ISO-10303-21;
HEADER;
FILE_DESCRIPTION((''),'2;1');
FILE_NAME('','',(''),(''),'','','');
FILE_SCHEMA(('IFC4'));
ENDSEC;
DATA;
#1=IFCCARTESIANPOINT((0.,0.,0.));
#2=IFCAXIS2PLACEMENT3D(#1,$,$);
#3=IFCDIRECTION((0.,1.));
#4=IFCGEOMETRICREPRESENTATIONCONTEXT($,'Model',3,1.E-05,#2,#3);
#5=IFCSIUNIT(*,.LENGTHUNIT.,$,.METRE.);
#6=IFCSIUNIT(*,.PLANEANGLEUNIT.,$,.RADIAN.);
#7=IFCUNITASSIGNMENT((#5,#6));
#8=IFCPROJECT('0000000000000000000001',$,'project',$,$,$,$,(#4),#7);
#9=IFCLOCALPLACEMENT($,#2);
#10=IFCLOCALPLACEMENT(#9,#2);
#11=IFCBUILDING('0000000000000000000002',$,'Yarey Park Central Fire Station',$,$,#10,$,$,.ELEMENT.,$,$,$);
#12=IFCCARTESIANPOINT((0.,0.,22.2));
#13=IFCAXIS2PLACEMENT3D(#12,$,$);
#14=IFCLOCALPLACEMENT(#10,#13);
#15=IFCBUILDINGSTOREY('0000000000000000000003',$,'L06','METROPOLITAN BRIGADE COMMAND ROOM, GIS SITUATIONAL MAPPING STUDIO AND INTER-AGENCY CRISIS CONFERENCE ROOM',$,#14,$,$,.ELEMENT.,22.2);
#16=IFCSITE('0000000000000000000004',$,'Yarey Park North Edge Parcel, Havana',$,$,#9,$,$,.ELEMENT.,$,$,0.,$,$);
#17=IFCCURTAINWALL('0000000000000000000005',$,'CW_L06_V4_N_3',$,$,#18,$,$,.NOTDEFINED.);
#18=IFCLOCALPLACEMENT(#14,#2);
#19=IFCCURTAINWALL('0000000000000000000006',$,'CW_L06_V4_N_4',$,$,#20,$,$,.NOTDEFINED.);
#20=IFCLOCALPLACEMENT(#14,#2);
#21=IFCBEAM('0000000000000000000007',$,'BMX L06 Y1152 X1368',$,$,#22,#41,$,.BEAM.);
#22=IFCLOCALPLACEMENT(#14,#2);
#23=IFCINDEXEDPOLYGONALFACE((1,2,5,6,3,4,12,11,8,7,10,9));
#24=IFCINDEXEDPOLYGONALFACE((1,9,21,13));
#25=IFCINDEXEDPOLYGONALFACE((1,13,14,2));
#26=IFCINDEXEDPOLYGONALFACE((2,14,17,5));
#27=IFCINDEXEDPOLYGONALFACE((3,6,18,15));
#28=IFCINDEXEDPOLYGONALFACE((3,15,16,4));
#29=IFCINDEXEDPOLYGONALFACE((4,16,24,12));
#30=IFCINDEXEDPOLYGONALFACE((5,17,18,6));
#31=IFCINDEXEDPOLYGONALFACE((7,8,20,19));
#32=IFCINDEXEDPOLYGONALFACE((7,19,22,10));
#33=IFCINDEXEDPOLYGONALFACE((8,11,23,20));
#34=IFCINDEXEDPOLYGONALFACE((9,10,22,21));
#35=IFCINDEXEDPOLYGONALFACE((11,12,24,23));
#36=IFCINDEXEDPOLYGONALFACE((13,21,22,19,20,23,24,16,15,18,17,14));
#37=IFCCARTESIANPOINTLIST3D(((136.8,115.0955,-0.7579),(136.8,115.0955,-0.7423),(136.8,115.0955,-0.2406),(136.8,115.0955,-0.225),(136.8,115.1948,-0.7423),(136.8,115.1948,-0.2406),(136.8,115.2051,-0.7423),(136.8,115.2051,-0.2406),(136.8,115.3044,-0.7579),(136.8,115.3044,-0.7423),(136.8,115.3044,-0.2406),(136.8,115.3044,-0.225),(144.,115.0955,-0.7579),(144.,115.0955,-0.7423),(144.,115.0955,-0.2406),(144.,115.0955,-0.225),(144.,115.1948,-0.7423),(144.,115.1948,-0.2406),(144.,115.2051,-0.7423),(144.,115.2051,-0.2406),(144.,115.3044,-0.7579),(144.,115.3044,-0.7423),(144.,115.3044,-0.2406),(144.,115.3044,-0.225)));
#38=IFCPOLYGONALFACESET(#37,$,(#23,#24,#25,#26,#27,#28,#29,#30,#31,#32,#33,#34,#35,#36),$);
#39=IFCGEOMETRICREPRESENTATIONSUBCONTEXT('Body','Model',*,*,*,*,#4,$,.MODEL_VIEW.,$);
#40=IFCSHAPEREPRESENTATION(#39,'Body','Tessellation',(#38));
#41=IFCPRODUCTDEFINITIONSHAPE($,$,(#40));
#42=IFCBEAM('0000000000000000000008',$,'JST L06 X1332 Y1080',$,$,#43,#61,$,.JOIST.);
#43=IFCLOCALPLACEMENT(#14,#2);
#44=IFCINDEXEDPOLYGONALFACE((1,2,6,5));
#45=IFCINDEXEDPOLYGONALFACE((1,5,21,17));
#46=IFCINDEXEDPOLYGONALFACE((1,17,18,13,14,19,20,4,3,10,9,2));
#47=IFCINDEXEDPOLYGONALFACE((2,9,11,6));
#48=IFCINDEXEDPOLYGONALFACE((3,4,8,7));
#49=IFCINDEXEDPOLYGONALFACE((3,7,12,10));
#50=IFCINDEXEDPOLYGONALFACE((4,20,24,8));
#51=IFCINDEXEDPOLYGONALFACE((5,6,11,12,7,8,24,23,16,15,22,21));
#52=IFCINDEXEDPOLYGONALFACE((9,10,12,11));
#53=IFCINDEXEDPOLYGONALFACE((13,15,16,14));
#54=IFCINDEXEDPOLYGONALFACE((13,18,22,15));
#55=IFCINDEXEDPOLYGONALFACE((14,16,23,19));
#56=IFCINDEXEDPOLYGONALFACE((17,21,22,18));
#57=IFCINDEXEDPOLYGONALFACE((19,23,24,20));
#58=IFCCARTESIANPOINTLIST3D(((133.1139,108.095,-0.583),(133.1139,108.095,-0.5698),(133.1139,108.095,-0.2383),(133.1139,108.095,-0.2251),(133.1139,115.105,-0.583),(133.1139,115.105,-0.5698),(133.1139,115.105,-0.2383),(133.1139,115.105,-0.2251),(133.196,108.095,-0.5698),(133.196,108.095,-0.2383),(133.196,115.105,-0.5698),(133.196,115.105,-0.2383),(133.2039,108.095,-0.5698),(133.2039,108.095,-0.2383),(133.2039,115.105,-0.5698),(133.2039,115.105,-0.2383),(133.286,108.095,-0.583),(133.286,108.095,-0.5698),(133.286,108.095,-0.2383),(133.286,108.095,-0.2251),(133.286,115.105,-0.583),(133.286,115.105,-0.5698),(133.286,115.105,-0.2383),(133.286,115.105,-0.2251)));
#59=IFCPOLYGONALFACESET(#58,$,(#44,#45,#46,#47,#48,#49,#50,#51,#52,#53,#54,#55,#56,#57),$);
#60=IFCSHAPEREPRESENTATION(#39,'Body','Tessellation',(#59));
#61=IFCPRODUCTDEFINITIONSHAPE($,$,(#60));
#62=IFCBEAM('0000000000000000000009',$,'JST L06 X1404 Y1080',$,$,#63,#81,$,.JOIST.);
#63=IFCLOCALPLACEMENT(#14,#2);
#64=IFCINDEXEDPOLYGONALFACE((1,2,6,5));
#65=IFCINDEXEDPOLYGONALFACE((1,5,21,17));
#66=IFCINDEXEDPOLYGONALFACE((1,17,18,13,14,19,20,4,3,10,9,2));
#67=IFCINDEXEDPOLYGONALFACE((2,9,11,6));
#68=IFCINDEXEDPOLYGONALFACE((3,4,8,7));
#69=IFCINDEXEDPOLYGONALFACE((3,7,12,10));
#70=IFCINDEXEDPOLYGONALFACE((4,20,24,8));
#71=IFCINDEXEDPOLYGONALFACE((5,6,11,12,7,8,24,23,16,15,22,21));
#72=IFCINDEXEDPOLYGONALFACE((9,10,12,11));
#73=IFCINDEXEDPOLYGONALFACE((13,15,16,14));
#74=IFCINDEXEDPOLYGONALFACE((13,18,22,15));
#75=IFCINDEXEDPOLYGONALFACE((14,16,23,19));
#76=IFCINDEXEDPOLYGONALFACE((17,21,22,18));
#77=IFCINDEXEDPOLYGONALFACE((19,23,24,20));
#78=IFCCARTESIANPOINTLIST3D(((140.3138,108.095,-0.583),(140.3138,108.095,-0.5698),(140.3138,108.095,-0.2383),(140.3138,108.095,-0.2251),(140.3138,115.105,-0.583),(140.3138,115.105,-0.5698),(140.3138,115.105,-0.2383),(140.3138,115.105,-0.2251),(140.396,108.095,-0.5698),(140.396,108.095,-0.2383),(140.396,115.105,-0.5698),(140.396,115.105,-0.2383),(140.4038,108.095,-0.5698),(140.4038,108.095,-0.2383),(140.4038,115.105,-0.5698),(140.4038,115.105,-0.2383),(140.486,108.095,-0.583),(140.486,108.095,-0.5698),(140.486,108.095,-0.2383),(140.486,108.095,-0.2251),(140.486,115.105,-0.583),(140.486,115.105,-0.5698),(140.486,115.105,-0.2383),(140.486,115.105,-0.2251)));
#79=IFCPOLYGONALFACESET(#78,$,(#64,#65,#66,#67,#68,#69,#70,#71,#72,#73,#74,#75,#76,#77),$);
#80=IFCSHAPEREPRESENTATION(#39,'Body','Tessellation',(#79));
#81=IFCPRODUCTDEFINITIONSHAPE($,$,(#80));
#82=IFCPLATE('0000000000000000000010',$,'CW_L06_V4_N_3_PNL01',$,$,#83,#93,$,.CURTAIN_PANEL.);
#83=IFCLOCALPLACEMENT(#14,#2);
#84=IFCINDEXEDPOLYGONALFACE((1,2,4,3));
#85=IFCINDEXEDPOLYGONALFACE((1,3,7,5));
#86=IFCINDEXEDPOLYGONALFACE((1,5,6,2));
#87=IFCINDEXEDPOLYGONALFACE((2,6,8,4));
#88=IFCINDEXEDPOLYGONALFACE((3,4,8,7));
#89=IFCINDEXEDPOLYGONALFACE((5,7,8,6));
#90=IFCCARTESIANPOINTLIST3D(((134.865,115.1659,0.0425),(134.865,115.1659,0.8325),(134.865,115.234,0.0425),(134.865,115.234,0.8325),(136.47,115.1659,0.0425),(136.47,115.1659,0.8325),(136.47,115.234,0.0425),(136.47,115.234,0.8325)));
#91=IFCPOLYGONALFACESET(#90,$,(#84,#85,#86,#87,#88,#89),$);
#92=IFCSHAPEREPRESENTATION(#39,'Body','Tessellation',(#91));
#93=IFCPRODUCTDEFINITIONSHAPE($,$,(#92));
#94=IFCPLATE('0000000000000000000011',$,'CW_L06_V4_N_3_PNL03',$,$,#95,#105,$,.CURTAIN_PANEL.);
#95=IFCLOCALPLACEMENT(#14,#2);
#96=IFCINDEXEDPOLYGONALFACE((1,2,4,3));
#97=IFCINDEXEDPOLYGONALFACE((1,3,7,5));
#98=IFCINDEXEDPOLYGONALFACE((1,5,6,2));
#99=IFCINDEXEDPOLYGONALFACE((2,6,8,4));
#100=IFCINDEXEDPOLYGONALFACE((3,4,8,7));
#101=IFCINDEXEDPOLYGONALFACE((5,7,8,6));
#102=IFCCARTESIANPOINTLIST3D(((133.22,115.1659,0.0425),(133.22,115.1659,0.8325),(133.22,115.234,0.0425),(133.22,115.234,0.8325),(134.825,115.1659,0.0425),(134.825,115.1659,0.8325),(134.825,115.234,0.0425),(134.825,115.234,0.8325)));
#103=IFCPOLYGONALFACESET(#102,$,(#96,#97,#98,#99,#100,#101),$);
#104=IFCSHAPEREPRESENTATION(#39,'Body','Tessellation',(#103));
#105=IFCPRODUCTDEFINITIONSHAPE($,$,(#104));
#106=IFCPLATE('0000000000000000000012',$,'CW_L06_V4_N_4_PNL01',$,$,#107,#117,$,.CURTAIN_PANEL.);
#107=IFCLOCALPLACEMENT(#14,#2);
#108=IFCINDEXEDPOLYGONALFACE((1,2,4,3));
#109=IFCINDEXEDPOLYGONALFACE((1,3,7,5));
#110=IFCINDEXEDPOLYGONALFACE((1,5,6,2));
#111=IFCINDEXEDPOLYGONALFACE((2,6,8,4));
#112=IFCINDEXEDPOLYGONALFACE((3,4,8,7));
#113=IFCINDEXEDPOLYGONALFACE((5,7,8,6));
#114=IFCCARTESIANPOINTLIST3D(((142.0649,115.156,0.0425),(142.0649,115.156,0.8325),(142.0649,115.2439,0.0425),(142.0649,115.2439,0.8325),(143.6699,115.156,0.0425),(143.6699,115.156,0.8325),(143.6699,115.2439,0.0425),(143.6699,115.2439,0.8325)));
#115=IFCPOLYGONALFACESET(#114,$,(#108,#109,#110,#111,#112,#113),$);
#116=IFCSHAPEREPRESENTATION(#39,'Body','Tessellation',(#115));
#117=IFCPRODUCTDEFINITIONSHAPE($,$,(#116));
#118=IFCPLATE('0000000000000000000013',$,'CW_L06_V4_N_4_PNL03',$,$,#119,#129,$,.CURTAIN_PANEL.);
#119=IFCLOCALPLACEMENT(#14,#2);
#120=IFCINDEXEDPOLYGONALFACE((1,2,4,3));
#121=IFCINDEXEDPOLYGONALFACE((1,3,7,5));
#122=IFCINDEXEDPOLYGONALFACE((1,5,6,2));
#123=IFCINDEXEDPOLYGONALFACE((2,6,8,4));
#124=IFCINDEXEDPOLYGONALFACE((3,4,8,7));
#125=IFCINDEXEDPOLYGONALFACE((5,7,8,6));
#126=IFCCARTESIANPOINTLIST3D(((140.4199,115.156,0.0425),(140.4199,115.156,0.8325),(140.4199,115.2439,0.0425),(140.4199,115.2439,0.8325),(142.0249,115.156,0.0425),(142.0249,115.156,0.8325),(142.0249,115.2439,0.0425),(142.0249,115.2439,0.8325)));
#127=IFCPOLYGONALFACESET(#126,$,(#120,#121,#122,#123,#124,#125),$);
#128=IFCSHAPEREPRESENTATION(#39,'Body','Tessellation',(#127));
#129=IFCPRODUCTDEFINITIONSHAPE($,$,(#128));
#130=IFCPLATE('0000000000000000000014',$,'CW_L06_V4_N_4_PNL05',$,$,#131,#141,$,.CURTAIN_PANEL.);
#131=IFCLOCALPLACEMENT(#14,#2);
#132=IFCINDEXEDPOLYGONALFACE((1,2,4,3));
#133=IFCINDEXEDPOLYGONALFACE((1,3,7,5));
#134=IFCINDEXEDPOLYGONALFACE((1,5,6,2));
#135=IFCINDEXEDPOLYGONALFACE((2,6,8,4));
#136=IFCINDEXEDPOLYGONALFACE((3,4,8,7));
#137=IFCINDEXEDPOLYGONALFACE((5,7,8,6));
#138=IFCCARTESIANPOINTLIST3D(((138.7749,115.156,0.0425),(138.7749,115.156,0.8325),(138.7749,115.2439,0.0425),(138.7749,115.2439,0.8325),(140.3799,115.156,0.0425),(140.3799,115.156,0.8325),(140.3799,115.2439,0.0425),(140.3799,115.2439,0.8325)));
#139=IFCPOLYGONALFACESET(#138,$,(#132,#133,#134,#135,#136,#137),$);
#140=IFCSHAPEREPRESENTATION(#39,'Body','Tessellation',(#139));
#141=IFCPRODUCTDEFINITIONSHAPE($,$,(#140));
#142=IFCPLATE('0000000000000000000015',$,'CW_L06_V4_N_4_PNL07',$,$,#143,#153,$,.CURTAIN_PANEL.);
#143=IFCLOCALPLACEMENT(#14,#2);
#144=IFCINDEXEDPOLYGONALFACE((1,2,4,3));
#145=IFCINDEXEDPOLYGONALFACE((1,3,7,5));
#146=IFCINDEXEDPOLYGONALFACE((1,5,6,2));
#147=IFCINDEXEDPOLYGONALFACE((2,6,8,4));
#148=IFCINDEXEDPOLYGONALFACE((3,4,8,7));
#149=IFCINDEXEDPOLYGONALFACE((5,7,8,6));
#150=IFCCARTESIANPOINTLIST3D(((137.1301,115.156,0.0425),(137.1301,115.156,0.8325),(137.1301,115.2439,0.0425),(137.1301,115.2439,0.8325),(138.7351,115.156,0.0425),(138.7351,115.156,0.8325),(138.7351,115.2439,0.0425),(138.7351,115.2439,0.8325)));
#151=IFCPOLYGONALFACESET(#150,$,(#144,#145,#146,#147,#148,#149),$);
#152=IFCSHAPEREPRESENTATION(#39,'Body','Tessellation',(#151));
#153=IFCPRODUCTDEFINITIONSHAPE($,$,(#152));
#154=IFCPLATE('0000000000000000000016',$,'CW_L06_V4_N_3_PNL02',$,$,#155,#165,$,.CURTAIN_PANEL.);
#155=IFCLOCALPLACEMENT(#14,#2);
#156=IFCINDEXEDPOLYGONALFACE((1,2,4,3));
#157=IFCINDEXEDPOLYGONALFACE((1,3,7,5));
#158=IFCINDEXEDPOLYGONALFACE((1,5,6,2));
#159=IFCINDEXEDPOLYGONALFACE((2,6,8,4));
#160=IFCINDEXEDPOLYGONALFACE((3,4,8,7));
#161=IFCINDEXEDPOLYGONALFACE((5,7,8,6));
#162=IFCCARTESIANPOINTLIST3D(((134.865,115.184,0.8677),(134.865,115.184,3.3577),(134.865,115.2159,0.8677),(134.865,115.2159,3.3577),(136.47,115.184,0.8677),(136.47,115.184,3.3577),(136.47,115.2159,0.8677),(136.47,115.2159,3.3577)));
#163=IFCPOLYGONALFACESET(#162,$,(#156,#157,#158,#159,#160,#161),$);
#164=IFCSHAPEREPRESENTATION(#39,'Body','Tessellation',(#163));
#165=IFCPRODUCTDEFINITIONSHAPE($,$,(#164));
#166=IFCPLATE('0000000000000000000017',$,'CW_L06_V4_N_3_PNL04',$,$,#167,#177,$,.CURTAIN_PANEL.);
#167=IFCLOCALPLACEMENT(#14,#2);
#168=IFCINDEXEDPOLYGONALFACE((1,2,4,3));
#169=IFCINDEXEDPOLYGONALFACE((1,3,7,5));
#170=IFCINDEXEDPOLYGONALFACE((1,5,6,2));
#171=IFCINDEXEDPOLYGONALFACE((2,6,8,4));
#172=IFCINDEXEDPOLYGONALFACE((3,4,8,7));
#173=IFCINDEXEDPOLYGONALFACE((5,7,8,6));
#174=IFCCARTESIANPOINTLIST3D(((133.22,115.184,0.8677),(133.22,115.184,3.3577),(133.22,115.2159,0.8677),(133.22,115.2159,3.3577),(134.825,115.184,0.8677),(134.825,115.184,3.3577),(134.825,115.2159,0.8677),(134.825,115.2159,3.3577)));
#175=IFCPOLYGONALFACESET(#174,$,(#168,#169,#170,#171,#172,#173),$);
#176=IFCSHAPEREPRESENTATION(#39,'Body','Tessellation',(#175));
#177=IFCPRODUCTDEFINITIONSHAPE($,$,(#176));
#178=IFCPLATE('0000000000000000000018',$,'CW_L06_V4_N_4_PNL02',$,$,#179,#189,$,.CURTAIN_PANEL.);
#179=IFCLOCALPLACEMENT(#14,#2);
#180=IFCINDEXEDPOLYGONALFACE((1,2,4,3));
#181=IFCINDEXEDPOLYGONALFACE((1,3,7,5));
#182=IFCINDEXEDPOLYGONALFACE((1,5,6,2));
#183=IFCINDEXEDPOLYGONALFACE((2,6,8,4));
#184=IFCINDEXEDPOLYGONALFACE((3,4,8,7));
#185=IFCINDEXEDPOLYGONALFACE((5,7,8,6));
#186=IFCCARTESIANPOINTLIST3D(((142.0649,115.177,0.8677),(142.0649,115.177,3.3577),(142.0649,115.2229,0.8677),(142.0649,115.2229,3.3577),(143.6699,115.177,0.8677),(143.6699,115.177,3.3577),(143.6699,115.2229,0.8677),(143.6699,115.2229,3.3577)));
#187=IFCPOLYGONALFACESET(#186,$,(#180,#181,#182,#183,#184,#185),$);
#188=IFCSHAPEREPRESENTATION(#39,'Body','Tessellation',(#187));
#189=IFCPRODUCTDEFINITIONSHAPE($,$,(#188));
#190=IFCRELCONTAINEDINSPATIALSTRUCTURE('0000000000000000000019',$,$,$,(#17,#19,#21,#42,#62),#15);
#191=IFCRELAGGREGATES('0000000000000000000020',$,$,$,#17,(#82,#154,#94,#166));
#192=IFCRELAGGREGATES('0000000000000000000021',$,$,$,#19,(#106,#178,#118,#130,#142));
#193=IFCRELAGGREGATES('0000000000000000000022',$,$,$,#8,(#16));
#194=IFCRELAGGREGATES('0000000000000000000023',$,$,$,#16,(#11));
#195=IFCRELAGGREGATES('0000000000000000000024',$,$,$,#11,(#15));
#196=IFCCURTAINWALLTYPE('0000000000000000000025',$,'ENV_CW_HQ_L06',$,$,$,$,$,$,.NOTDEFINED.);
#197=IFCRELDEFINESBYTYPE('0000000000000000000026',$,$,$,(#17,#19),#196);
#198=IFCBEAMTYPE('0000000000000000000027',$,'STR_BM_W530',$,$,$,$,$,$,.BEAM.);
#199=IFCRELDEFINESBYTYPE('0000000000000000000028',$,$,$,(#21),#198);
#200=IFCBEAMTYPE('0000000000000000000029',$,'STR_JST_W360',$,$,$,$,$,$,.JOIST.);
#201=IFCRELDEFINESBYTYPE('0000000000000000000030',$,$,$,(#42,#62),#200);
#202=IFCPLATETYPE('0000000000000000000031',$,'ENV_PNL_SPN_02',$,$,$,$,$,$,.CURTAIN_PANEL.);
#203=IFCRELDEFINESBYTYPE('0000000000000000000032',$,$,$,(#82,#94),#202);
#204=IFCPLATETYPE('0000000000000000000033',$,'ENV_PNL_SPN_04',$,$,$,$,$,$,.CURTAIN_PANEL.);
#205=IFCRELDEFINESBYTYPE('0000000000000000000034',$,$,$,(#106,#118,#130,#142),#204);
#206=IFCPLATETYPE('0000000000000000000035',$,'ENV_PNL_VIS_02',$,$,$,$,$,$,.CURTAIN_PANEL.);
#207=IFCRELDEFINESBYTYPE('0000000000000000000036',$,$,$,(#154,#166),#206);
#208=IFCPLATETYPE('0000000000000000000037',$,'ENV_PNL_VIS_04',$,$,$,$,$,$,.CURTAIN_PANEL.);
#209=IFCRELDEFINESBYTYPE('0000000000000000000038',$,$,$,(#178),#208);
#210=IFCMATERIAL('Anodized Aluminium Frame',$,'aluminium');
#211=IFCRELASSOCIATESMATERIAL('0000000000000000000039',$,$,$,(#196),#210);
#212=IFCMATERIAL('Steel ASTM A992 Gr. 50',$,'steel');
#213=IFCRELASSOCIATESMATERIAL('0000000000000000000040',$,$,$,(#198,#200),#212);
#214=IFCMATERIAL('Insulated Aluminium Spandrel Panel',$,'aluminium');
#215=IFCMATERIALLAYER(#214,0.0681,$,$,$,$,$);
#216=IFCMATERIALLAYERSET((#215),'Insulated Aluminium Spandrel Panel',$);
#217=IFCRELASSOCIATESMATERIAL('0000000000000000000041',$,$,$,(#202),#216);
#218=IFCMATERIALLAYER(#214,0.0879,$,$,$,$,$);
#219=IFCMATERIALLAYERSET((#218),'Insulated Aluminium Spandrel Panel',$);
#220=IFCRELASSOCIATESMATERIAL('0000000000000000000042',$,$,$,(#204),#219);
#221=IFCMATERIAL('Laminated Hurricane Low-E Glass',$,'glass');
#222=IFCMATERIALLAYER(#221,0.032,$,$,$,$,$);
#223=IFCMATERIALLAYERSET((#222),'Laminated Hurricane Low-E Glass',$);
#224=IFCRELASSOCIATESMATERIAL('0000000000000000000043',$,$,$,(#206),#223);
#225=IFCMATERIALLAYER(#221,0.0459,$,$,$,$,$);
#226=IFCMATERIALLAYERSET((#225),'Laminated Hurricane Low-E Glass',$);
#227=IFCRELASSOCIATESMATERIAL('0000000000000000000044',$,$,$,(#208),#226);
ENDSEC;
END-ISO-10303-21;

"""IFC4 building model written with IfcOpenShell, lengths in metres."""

from ifc_helpers import new_model, si_unit, direction, frame, origin, origin_2d, place, context, subcontext, project, spatial, rectangle, i_section, extrude, material, layer, layer_set, material_profile, profile_set, type_object, element, aggregate, save


model = new_model("IFC4")

# Units and contexts
model_context = context("Model", 3, precision=1e-05, world=origin(), true_north=direction((0.0, 1.0)))
body_context = subcontext(model_context, "Body", "Model", "MODEL_VIEW")
ifc_project = project(units=[si_unit("LENGTHUNIT", "METRE"), si_unit("PLANEANGLEUNIT", "RADIAN")], contexts=[model_context])

# Site, building, storey
site_placement = place(None, origin())
site = spatial("IfcSite", under=ifc_project, at=site_placement, Name="Yarey Park North Edge Parcel, Havana", CompositionType="ELEMENT", RefElevation=0.0)
building_placement = place(site_placement, origin())
building = spatial("IfcBuilding", under=site, at=building_placement, Name="Yarey Park Central Fire Station", CompositionType="ELEMENT")
storey_placement = place(building_placement, frame((0.0, 0.0, 22.2)))
storey = spatial("IfcBuildingStorey", under=building, at=storey_placement, Name="L06", Description="METROPOLITAN BRIGADE COMMAND ROOM, GIS SITUATIONAL MAPPING STUDIO AND INTER-AGENCY CRISIS CONFERENCE ROOM", CompositionType="ELEMENT", Elevation=22.2)

# Curtain walls
ifc_material_1 = material(Name="Anodized Aluminium Frame", Category="aluminium")
curtain_wall_type = type_object("IfcCurtainWallType", Name="ENV_CW_HQ_L06", PredefinedType="NOTDEFINED", material=ifc_material_1)
curtain_wall_1_placement = place(storey_placement, origin())
curtain_wall_1 = element("IfcCurtainWall", 1, at=curtain_wall_1_placement, inside=storey, type_object=curtain_wall_type, Name="CW_L06_V4_N_3", PredefinedType="NOTDEFINED")
curtain_wall_2_placement = place(storey_placement, origin())
curtain_wall_2 = element("IfcCurtainWall", 2, at=curtain_wall_2_placement, inside=storey, type_object=curtain_wall_type, Name="CW_L06_V4_N_4", PredefinedType="NOTDEFINED")

# Beams
ifc_material_2 = material(Name="Steel ASTM A992 Gr. 50", Category="steel")
ifc_material_profile_1 = material_profile(ifc_material_2, i_section(OverallWidth=0.209, OverallDepth=0.533, WebThickness=0.0103, FlangeThickness=0.0156, at=origin_2d()), Name="W530x92")
ifc_profile_set_1 = profile_set([ifc_material_profile_1], Name="Steel ASTM A992 Gr. 50")
beam_type_1 = type_object("IfcBeamType", Name="STR_BM_W530", PredefinedType="BEAM", material=ifc_profile_set_1)
beam_placement = place(storey_placement, frame((136.8, 115.2, -0.4915), z_axis=(1.0, 0.0, 0.0), x_axis=(0.0, 1.0, 0.0)))
element("IfcBeam", 3, at=beam_placement, inside=storey, type_object=beam_type_1, Name="BMX L06 Y1152 X1368", PredefinedType="BEAM", context=body_context, shape_type="SweptSolid", body=[
    extrude(i_section(OverallWidth=0.209, OverallDepth=0.533, WebThickness=0.0103, FlangeThickness=0.0156, at=origin_2d()), origin(), (0.0, 0.0, 1.0), 7.2),
])
ifc_material_profile_2 = material_profile(ifc_material_2, i_section(OverallWidth=0.1721, OverallDepth=0.3579, WebThickness=0.0078, FlangeThickness=0.0132, at=origin_2d()), Name="W360x57")
ifc_profile_set_2 = profile_set([ifc_material_profile_2], Name="Steel ASTM A992 Gr. 50")
beam_type_2 = type_object("IfcBeamType", Name="STR_JST_W360", PredefinedType="JOIST", material=ifc_profile_set_2)
for number, where, z_axis, x_axis, name in (
    (4, (133.2, 108.095, -0.4041), (0.0, 1.0, 0.0), (-1.0, 0.0, 0.0), "JST L06 X1332 Y1080"),
    (5, (140.3999, 108.095, -0.4041), (0.0, 1.0, 0.0), (-1.0, 0.0, 0.0), "JST L06 X1404 Y1080"),
):
    element("IfcBeam", number, at=place(storey_placement, frame(where, z_axis=z_axis, x_axis=x_axis)), inside=storey, type_object=beam_type_2, Name=name, PredefinedType="JOIST", context=body_context, shape_type="SweptSolid", body=[
        extrude(i_section(OverallWidth=0.1721, OverallDepth=0.3579, WebThickness=0.0078, FlangeThickness=0.0132, at=origin_2d()), origin(), (0.0, 0.0, 1.0), 7.01),
    ])

# Plates
ifc_material_3 = material(Name="Insulated Aluminium Spandrel Panel", Category="aluminium")
ifc_layer_1 = layer(ifc_material_3, 0.0681)
ifc_layer_set_1 = layer_set([ifc_layer_1], Name="Insulated Aluminium Spandrel Panel")
plate_type_1 = type_object("IfcPlateType", Name="ENV_PNL_SPN_02", PredefinedType="CURTAIN_PANEL", material=ifc_layer_set_1)
plate_1_placement = place(storey_placement, frame((135.6675, 115.2, 0.0425), z_axis=(0.0, 0.0, 1.0), x_axis=(-1.0, 0.0, 0.0)))
plate_1 = element("IfcPlate", 6, at=plate_1_placement, type_object=plate_type_1, Name="CW_L06_V4_N_3_PNL01", PredefinedType="CURTAIN_PANEL", context=body_context, shape_type="SweptSolid", body=[
    extrude(rectangle(XDim=1.605, YDim=0.0681, at=origin_2d()), origin(), (0.0, 0.0, 1.0), 0.79),
])
plate_2_placement = place(storey_placement, frame((134.0225, 115.2, 0.0425), z_axis=(0.0, 0.0, 1.0), x_axis=(-1.0, 0.0, 0.0)))
plate_2 = element("IfcPlate", 7, at=plate_2_placement, type_object=plate_type_1, Name="CW_L06_V4_N_3_PNL03", PredefinedType="CURTAIN_PANEL", context=body_context, shape_type="SweptSolid", body=[
    extrude(rectangle(XDim=1.605, YDim=0.0681, at=origin_2d()), origin(), (0.0, 0.0, 1.0), 0.79),
])
ifc_layer_2 = layer(ifc_material_3, 0.0879)
ifc_layer_set_2 = layer_set([ifc_layer_2], Name="Insulated Aluminium Spandrel Panel")
plate_type_2 = type_object("IfcPlateType", Name="ENV_PNL_SPN_04", PredefinedType="CURTAIN_PANEL", material=ifc_layer_set_2)
plate_3_placement = place(storey_placement, frame((142.8674, 115.2, 0.0425), z_axis=(0.0, 0.0, 1.0), x_axis=(-1.0, 0.0, 0.0)))
plate_3 = element("IfcPlate", 8, at=plate_3_placement, type_object=plate_type_2, Name="CW_L06_V4_N_4_PNL01", PredefinedType="CURTAIN_PANEL", context=body_context, shape_type="SweptSolid", body=[
    extrude(rectangle(XDim=1.605, YDim=0.0879, at=origin_2d()), origin(), (0.0, 0.0, 1.0), 0.79),
])
plate_4_placement = place(storey_placement, frame((141.2224, 115.2, 0.0425), z_axis=(0.0, 0.0, 1.0), x_axis=(-1.0, 0.0, 0.0)))
plate_4 = element("IfcPlate", 9, at=plate_4_placement, type_object=plate_type_2, Name="CW_L06_V4_N_4_PNL03", PredefinedType="CURTAIN_PANEL", context=body_context, shape_type="SweptSolid", body=[
    extrude(rectangle(XDim=1.605, YDim=0.0879, at=origin_2d()), origin(), (0.0, 0.0, 1.0), 0.79),
])
plate_5_placement = place(storey_placement, frame((139.5774, 115.2, 0.0425), z_axis=(0.0, 0.0, 1.0), x_axis=(-1.0, 0.0, 0.0)))
plate_5 = element("IfcPlate", 10, at=plate_5_placement, type_object=plate_type_2, Name="CW_L06_V4_N_4_PNL05", PredefinedType="CURTAIN_PANEL", context=body_context, shape_type="SweptSolid", body=[
    extrude(rectangle(XDim=1.605, YDim=0.0879, at=origin_2d()), origin(), (0.0, 0.0, 1.0), 0.79),
])
plate_6_placement = place(storey_placement, frame((137.9326, 115.2, 0.0425), z_axis=(0.0, 0.0, 1.0), x_axis=(-1.0, 0.0, 0.0)))
plate_6 = element("IfcPlate", 11, at=plate_6_placement, type_object=plate_type_2, Name="CW_L06_V4_N_4_PNL07", PredefinedType="CURTAIN_PANEL", context=body_context, shape_type="SweptSolid", body=[
    extrude(rectangle(XDim=1.605, YDim=0.0879, at=origin_2d()), origin(), (0.0, 0.0, 1.0), 0.79),
])
ifc_material_4 = material(Name="Laminated Hurricane Low-E Glass", Category="glass")
ifc_layer_3 = layer(ifc_material_4, 0.032)
ifc_layer_set_3 = layer_set([ifc_layer_3], Name="Laminated Hurricane Low-E Glass")
plate_type_3 = type_object("IfcPlateType", Name="ENV_PNL_VIS_02", PredefinedType="CURTAIN_PANEL", material=ifc_layer_set_3)
plate_7_placement = place(storey_placement, frame((135.6675, 115.2, 0.8677), z_axis=(0.0, 0.0, 1.0), x_axis=(-1.0, 0.0, 0.0)))
plate_7 = element("IfcPlate", 12, at=plate_7_placement, type_object=plate_type_3, Name="CW_L06_V4_N_3_PNL02", PredefinedType="CURTAIN_PANEL", context=body_context, shape_type="SweptSolid", body=[
    extrude(rectangle(XDim=1.605, YDim=0.032, at=origin_2d()), origin(), (0.0, 0.0, 1.0), 2.49),
])
plate_8_placement = place(storey_placement, frame((134.0225, 115.2, 0.8677), z_axis=(0.0, 0.0, 1.0), x_axis=(-1.0, 0.0, 0.0)))
plate_8 = element("IfcPlate", 13, at=plate_8_placement, type_object=plate_type_3, Name="CW_L06_V4_N_3_PNL04", PredefinedType="CURTAIN_PANEL", context=body_context, shape_type="SweptSolid", body=[
    extrude(rectangle(XDim=1.605, YDim=0.032, at=origin_2d()), origin(), (0.0, 0.0, 1.0), 2.49),
])
aggregate(curtain_wall_1, [plate_1, plate_7, plate_2, plate_8])
ifc_layer_4 = layer(ifc_material_4, 0.0459)
ifc_layer_set_4 = layer_set([ifc_layer_4], Name="Laminated Hurricane Low-E Glass")
plate_type_4 = type_object("IfcPlateType", Name="ENV_PNL_VIS_04", PredefinedType="CURTAIN_PANEL", material=ifc_layer_set_4)
plate_9_placement = place(storey_placement, frame((142.8674, 115.2, 0.8677), z_axis=(0.0, 0.0, 1.0), x_axis=(-1.0, 0.0, 0.0)))
plate_9 = element("IfcPlate", 14, at=plate_9_placement, type_object=plate_type_4, Name="CW_L06_V4_N_4_PNL02", PredefinedType="CURTAIN_PANEL", context=body_context, shape_type="SweptSolid", body=[
    extrude(rectangle(XDim=1.605, YDim=0.0459, at=origin_2d()), origin(), (0.0, 0.0, 1.0), 2.49),
])
aggregate(curtain_wall_2, [plate_3, plate_9, plate_4, plate_5, plate_6])

save(model, "model.ifc")
